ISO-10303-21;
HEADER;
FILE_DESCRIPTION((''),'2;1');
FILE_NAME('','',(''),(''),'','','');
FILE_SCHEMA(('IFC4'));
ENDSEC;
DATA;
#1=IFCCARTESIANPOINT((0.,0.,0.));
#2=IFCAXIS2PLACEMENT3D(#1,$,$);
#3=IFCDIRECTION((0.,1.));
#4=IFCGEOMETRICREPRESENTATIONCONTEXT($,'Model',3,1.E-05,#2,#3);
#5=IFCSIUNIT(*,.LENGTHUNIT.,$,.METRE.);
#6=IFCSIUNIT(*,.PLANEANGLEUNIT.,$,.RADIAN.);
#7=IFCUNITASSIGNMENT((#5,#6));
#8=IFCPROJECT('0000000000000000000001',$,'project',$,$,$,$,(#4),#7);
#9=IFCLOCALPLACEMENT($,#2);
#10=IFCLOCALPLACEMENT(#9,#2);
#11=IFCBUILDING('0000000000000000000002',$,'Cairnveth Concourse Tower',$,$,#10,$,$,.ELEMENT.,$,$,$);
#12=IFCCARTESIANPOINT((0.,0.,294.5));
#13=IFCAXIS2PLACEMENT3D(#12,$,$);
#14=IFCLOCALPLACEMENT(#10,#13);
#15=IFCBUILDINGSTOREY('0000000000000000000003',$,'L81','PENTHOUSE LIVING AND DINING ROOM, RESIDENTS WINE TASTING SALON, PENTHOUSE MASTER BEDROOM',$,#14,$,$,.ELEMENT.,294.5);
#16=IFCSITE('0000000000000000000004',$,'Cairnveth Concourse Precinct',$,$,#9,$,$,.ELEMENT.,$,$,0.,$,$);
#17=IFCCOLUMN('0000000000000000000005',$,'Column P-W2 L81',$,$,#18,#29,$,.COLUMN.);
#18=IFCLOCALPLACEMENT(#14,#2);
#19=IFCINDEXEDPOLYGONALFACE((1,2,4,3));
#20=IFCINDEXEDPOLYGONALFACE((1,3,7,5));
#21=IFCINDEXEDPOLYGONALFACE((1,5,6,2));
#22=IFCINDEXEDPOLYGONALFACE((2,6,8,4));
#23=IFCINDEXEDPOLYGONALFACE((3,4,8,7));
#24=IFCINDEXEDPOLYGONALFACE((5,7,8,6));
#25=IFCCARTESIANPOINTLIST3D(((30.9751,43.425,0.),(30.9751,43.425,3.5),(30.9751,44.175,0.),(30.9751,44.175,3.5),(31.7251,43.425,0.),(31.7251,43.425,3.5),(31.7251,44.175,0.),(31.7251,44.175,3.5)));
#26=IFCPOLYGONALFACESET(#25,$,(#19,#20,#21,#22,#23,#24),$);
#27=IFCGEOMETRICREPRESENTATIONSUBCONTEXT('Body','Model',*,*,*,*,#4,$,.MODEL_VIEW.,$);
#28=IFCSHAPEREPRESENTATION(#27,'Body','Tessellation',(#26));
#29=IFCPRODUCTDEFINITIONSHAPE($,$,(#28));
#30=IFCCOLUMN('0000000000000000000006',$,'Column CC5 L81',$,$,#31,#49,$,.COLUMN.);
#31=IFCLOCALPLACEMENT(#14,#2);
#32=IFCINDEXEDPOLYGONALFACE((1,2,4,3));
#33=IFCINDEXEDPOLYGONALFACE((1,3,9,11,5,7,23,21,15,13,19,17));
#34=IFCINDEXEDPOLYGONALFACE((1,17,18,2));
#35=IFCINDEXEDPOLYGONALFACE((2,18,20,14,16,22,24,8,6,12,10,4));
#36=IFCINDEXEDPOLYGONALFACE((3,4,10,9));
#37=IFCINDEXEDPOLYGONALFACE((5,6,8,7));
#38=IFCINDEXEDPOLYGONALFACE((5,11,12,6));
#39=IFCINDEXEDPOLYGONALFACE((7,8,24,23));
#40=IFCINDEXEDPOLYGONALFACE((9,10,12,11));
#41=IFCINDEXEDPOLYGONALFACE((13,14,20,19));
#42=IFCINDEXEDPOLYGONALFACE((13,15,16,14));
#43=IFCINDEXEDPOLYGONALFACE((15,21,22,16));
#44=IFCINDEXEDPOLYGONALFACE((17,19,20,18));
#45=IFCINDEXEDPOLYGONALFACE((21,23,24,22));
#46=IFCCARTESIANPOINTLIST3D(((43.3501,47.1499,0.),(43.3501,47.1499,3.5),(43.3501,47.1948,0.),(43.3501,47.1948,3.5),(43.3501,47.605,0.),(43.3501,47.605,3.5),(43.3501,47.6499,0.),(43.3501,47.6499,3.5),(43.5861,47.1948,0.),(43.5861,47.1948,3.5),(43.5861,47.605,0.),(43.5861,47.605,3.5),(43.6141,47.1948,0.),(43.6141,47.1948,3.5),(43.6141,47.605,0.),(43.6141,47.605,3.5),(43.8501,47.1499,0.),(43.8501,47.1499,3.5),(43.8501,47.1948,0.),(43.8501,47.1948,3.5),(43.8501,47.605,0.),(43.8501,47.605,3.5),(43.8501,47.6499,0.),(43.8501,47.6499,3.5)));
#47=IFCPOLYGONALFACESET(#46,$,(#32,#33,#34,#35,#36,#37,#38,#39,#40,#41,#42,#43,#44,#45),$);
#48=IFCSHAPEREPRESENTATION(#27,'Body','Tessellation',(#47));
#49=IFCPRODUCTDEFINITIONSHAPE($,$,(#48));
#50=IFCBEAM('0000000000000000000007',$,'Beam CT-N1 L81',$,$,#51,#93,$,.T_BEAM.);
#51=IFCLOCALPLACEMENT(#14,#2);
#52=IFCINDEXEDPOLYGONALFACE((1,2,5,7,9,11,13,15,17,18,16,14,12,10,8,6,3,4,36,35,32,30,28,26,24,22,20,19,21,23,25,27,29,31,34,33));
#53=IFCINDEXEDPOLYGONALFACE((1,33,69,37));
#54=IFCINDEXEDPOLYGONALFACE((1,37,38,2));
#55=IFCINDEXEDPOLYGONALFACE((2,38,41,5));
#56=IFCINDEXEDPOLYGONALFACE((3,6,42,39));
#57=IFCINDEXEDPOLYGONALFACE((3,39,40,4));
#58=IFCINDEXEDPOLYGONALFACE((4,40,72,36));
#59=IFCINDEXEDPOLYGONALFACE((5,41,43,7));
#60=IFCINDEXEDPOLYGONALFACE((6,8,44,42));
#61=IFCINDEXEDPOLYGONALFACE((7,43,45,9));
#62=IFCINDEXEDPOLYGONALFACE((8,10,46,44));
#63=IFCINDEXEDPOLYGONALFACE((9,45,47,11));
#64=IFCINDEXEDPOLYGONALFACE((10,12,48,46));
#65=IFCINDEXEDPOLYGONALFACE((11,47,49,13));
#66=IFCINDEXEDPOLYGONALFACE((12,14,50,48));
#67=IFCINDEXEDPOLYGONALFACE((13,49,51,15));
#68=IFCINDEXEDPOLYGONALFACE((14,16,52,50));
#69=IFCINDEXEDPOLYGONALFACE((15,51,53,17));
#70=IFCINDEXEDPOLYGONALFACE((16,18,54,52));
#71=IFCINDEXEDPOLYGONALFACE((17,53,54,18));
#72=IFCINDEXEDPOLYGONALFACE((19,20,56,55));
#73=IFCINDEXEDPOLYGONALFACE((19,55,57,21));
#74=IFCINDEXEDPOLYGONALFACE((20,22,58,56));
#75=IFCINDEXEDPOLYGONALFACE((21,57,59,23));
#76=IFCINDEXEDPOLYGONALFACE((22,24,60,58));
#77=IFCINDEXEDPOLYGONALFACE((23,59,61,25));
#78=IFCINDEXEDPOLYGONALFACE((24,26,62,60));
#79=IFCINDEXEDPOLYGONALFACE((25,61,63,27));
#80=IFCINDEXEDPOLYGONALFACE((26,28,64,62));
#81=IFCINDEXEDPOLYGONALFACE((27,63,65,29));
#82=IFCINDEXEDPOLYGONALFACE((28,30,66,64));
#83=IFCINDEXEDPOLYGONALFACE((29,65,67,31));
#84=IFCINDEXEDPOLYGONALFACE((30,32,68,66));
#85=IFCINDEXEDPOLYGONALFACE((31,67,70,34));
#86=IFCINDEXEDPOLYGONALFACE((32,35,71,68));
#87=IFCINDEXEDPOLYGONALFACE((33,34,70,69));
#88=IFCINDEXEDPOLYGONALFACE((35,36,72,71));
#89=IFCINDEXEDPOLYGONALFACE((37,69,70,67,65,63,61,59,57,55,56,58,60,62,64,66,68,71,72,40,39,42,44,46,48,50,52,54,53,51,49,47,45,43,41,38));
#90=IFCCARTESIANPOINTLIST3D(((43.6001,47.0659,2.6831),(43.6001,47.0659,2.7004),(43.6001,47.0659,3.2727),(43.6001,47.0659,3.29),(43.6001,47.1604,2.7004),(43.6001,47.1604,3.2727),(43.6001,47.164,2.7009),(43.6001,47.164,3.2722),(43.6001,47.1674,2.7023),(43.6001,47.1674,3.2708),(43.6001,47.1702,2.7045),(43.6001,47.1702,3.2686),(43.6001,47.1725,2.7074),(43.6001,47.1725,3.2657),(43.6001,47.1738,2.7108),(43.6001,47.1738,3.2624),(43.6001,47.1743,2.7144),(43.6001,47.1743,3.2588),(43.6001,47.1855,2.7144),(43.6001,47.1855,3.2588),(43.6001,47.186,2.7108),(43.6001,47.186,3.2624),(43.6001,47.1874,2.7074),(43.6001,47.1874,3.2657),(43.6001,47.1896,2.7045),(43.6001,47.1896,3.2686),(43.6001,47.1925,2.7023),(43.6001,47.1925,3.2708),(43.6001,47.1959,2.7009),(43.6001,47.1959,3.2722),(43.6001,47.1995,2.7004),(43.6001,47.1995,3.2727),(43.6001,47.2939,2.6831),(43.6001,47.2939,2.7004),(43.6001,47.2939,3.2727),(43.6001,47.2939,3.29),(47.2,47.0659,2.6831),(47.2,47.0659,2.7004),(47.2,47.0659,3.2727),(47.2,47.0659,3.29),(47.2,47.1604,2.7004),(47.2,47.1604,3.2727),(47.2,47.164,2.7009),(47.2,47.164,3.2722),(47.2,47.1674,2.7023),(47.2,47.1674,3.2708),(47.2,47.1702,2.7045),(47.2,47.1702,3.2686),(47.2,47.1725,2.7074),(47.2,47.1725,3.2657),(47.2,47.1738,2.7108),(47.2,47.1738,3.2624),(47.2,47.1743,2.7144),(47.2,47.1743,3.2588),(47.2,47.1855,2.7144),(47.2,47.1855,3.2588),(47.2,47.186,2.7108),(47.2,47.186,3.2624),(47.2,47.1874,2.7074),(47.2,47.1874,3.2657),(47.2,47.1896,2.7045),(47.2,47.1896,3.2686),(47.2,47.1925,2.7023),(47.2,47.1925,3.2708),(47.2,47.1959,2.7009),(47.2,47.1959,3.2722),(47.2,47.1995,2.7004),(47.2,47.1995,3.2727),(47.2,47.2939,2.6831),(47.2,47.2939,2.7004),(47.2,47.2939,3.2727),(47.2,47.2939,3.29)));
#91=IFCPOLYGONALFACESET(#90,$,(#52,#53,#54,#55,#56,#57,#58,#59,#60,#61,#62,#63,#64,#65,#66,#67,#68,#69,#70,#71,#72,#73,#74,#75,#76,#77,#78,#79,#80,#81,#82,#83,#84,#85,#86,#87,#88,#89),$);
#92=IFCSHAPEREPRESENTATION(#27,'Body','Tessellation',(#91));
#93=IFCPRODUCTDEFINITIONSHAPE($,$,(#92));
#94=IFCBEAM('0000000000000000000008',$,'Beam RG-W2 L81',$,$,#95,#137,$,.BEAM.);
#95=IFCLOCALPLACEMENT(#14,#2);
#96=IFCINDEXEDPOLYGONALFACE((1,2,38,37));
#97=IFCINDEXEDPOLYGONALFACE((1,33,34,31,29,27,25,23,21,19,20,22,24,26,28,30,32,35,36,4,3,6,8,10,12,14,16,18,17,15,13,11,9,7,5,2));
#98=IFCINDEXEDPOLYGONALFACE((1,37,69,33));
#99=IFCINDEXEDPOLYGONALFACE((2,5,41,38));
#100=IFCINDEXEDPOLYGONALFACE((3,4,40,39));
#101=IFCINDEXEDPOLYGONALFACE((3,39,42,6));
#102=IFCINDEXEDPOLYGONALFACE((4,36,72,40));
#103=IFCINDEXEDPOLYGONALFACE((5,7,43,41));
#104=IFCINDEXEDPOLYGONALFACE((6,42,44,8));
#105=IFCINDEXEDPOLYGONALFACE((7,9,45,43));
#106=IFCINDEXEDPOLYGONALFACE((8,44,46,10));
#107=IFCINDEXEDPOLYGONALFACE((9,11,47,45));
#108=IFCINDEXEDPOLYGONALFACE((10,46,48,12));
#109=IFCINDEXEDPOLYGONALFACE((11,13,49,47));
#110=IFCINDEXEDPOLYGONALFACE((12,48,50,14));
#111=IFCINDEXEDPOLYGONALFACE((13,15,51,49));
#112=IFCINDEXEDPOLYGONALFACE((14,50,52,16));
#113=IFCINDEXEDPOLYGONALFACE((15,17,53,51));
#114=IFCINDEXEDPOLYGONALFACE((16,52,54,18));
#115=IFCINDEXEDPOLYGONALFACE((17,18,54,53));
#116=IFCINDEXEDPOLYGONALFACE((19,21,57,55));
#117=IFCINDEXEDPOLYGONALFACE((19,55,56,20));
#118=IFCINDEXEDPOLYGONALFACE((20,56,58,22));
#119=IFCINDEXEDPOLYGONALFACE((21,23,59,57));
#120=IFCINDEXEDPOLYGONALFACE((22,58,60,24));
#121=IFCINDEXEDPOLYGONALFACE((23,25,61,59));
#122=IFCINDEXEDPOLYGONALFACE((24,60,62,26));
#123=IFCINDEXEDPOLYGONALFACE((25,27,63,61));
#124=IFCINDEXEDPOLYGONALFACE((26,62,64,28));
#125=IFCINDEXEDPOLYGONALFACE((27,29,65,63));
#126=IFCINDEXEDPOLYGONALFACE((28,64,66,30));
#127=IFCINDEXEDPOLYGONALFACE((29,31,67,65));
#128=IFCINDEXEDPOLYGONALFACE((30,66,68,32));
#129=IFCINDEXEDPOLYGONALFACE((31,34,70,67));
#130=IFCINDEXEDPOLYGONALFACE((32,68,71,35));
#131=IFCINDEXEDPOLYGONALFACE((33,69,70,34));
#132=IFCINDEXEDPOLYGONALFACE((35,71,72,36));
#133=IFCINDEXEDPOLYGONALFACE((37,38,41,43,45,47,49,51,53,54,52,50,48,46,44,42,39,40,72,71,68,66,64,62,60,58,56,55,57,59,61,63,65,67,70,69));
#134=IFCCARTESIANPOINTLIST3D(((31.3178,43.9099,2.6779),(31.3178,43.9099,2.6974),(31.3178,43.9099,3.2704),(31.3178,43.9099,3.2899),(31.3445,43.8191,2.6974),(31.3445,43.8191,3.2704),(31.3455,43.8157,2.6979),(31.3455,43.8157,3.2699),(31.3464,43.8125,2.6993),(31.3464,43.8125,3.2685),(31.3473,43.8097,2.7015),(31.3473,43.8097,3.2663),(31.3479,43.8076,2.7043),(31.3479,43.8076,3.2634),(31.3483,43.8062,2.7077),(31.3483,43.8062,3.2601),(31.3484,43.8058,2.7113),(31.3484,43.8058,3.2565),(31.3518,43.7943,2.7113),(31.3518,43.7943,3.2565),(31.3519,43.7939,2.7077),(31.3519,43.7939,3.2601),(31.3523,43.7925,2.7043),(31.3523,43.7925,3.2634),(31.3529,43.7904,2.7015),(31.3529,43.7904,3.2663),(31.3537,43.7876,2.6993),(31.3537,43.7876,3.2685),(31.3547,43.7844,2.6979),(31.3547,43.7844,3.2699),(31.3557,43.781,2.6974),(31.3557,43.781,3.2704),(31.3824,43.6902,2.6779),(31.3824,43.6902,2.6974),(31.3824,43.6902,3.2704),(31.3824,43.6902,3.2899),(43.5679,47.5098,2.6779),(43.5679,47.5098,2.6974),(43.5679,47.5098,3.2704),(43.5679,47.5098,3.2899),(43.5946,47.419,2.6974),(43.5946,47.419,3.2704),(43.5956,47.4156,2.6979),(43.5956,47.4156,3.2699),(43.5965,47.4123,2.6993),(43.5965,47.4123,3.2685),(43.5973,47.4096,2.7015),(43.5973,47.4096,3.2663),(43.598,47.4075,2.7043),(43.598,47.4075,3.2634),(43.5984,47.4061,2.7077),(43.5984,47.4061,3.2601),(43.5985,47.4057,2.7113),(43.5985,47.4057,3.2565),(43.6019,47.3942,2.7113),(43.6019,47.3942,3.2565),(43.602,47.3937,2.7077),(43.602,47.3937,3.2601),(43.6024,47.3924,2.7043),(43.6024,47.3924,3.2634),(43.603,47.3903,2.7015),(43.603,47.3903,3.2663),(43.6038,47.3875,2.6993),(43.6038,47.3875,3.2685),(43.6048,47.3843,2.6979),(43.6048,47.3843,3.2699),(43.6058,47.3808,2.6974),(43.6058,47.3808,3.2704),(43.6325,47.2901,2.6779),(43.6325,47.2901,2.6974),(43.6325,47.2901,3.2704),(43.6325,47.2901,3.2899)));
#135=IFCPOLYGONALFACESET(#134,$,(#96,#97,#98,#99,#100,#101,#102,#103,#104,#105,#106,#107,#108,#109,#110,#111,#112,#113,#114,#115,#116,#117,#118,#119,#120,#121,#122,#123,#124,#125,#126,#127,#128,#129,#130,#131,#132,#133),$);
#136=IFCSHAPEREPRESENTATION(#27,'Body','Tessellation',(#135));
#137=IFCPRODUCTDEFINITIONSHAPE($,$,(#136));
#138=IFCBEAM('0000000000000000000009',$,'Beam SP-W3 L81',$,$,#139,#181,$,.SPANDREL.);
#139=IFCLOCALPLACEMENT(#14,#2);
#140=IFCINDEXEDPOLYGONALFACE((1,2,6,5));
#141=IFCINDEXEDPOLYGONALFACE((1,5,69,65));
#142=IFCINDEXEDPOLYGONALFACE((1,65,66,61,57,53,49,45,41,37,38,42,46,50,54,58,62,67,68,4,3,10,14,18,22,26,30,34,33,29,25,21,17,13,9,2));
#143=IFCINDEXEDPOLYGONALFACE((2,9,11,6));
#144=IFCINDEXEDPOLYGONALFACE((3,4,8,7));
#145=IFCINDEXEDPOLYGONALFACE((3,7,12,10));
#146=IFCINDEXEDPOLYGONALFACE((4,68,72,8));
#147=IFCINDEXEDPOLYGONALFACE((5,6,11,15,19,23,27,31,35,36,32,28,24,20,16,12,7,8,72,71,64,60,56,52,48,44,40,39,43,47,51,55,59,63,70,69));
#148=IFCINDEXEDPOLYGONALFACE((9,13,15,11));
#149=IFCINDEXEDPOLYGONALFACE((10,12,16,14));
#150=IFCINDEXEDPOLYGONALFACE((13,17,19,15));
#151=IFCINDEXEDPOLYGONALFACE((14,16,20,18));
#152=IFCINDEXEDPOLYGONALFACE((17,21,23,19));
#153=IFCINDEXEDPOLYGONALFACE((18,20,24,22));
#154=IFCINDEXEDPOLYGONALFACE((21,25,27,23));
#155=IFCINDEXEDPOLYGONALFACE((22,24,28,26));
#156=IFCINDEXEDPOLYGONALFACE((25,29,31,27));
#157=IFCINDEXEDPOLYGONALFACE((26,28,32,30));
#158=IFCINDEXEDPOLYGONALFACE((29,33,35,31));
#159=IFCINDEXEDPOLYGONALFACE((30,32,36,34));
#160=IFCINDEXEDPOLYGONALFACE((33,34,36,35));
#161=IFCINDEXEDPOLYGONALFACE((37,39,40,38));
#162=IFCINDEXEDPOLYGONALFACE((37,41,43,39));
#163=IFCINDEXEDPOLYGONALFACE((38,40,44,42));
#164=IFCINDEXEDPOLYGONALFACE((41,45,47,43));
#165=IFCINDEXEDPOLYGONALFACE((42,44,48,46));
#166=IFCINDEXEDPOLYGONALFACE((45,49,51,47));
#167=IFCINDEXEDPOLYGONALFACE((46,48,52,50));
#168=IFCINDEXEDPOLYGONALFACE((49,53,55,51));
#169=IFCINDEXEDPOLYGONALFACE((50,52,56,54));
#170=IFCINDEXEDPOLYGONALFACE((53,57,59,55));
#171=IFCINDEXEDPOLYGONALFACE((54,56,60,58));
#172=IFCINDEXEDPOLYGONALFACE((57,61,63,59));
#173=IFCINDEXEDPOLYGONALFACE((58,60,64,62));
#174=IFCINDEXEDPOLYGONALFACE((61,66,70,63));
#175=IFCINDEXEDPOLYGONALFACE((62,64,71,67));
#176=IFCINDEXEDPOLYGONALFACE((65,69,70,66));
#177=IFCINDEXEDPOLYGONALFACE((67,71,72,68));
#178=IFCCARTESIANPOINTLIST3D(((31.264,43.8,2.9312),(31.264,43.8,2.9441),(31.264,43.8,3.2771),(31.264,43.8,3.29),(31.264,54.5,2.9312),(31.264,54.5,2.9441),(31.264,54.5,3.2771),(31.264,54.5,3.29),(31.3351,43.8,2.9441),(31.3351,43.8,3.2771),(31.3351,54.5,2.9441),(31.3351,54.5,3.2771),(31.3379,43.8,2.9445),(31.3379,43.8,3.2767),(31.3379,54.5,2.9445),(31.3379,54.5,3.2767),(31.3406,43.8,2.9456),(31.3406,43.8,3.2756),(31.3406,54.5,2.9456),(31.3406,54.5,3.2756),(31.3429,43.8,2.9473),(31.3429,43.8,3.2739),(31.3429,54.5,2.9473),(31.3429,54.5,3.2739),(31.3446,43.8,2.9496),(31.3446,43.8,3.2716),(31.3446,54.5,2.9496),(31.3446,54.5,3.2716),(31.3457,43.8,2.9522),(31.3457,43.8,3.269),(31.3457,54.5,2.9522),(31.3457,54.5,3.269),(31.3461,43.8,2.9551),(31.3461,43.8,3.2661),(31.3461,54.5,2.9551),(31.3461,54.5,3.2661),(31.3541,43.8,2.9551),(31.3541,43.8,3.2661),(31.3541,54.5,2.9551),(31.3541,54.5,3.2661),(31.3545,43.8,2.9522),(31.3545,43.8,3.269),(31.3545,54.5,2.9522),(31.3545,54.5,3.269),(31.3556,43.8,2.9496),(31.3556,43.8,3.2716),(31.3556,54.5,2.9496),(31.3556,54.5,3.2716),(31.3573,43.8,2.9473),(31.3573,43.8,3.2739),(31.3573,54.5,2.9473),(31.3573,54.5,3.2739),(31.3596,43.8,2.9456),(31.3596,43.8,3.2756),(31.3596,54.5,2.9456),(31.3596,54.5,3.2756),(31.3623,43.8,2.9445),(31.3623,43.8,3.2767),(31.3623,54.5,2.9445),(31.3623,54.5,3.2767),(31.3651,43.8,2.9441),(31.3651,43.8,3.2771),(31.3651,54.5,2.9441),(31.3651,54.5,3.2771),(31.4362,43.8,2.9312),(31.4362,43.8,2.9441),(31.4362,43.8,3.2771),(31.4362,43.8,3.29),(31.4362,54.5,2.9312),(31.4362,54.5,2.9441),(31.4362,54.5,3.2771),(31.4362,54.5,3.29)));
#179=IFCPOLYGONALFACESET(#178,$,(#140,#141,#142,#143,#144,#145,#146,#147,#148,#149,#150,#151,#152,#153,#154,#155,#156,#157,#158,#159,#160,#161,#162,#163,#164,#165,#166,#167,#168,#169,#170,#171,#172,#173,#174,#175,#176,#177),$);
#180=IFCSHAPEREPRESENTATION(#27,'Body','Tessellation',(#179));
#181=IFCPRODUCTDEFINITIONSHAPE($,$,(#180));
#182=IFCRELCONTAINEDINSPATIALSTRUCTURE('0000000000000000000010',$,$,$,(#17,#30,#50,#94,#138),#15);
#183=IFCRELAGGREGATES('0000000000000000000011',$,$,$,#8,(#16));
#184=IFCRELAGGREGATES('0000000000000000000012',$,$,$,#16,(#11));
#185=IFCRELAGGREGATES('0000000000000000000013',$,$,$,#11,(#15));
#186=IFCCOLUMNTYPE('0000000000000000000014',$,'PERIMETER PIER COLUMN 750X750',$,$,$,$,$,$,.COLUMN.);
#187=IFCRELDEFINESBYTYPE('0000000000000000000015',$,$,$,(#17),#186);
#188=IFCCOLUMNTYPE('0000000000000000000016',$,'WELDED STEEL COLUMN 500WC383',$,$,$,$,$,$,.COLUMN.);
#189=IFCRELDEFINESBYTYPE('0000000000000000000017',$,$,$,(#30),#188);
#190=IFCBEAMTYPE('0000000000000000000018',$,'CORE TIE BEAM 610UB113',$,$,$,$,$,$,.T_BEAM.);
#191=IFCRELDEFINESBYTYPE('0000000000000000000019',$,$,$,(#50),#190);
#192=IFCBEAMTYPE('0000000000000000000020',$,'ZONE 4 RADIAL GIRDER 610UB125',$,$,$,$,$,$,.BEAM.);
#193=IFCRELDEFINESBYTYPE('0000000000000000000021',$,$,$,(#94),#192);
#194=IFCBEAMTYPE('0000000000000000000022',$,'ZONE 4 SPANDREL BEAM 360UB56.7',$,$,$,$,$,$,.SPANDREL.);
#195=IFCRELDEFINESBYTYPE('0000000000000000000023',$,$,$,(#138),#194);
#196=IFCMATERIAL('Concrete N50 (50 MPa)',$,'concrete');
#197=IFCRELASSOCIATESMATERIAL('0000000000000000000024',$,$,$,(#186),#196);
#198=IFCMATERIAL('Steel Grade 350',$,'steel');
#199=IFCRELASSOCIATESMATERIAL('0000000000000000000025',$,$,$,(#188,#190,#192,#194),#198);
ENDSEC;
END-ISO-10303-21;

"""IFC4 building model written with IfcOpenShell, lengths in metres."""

from ifc_helpers import new_model, si_unit, direction, frame, origin, origin_2d, place, context, subcontext, project, spatial, rectangle, i_section, extrude, material, material_profile, profile_set, type_object, element, save


model = new_model("IFC4")

# Units and contexts
model_context = context("Model", 3, precision=1e-05, world=origin(), true_north=direction((0.0, 1.0)))
body_context = subcontext(model_context, "Body", "Model", "MODEL_VIEW")
ifc_project = project(units=[si_unit("LENGTHUNIT", "METRE"), si_unit("PLANEANGLEUNIT", "RADIAN")], contexts=[model_context])

# Site, building, storey
site_placement = place(None, origin())
site = spatial("IfcSite", under=ifc_project, at=site_placement, Name="Cairnveth Concourse Precinct", CompositionType="ELEMENT", RefElevation=0.0)
building_placement = place(site_placement, origin())
building = spatial("IfcBuilding", under=site, at=building_placement, Name="Cairnveth Concourse Tower", CompositionType="ELEMENT")
storey_placement = place(building_placement, frame((0.0, 0.0, 294.5)))
storey = spatial("IfcBuildingStorey", under=building, at=storey_placement, Name="L81", Description="PENTHOUSE LIVING AND DINING ROOM, RESIDENTS WINE TASTING SALON, PENTHOUSE MASTER BEDROOM", CompositionType="ELEMENT", Elevation=294.5)

# Columns
ifc_material_1 = material(Name="Concrete N50 (50 MPa)", Category="concrete")
ifc_material_profile_1 = material_profile(ifc_material_1, rectangle(XDim=0.75, YDim=0.75, at=origin_2d()), Name="RC-COL-750x750")
ifc_profile_set_1 = profile_set([ifc_material_profile_1], Name="Concrete N50 (50 MPa)")
column_type_1 = type_object("IfcColumnType", Name="PERIMETER PIER COLUMN 750X750", PredefinedType="COLUMN", material=ifc_profile_set_1)
column_1_placement = place(storey_placement, frame((31.3501, 43.8, 0.0), z_axis=(0.0, 0.0, 1.0), x_axis=(0.0, 1.0, 0.0)))
element("IfcColumn", 1, at=column_1_placement, inside=storey, type_object=column_type_1, Name="Column P-W2 L81", PredefinedType="COLUMN", context=body_context, shape_type="SweptSolid", body=[
    extrude(rectangle(XDim=0.75, YDim=0.75, at=origin_2d()), origin(), (0.0, 0.0, 1.0), 3.5),
])
ifc_material_2 = material(Name="Steel Grade 350", Category="steel")
ifc_material_profile_2 = material_profile(ifc_material_2, i_section(OverallWidth=0.5, OverallDepth=0.5, WebThickness=0.0281, FlangeThickness=0.0449, at=origin_2d()), Name="500WC383")
ifc_profile_set_2 = profile_set([ifc_material_profile_2], Name="Steel Grade 350")
column_type_2 = type_object("IfcColumnType", Name="WELDED STEEL COLUMN 500WC383", PredefinedType="COLUMN", material=ifc_profile_set_2)
column_2_placement = place(storey_placement, frame((43.6001, 47.3999, 0.0), z_axis=(0.0, 0.0, 1.0), x_axis=(1.0, 0.0, 0.0)))
element("IfcColumn", 2, at=column_2_placement, inside=storey, type_object=column_type_2, Name="Column CC5 L81", PredefinedType="COLUMN", context=body_context, shape_type="SweptSolid", body=[
    extrude(i_section(OverallWidth=0.5, OverallDepth=0.5, WebThickness=0.0281, FlangeThickness=0.0449, at=origin_2d()), origin(), (0.0, 0.0, 1.0), 3.5),
])

# Beams
ifc_material_profile_3 = material_profile(ifc_material_2, i_section(OverallWidth=0.228, OverallDepth=0.6069, WebThickness=0.0112, FlangeThickness=0.0173, FilletRadius=0.0139, at=origin_2d()), Name="610UB113")
ifc_profile_set_3 = profile_set([ifc_material_profile_3], Name="Steel Grade 350")
beam_type_1 = type_object("IfcBeamType", Name="CORE TIE BEAM 610UB113", PredefinedType="T_BEAM", material=ifc_profile_set_3)
beam_1_placement = place(storey_placement, frame((43.6001, 47.1799, 2.9866), z_axis=(1.0, 0.0, 0.0), x_axis=(0.0, 1.0, 0.0)))
element("IfcBeam", 3, at=beam_1_placement, inside=storey, type_object=beam_type_1, Name="Beam CT-N1 L81", PredefinedType="T_BEAM", context=body_context, shape_type="SweptSolid", body=[
    extrude(i_section(OverallWidth=0.228, OverallDepth=0.6069, WebThickness=0.0112, FlangeThickness=0.0173, FilletRadius=0.0139, at=origin_2d()), origin(), (0.0, 0.0, 1.0), 3.5999),
])
ifc_material_profile_4 = material_profile(ifc_material_2, i_section(OverallWidth=0.229, OverallDepth=0.6121, WebThickness=0.012, FlangeThickness=0.0195, FilletRadius=0.0139, at=origin_2d()), Name="610UB125")
ifc_profile_set_4 = profile_set([ifc_material_profile_4], Name="Steel Grade 350")
beam_type_2 = type_object("IfcBeamType", Name="ZONE 4 RADIAL GIRDER 610UB125", PredefinedType="BEAM", material=ifc_profile_set_4)
beam_2_placement = place(storey_placement, frame((31.3501, 43.8, 2.9839), z_axis=(0.959431, 0.281944, 0.0), x_axis=(-0.281944, 0.959431, 0.0)))
element("IfcBeam", 4, at=beam_2_placement, inside=storey, type_object=beam_type_2, Name="Beam RG-W2 L81", PredefinedType="BEAM", context=body_context, shape_type="SweptSolid", body=[
    extrude(i_section(OverallWidth=0.229, OverallDepth=0.6121, WebThickness=0.012, FlangeThickness=0.0195, FilletRadius=0.0139, at=origin_2d()), origin(), (0.0, 0.0, 1.0), 12.7681),
])
ifc_material_profile_5 = material_profile(ifc_material_2, i_section(OverallWidth=0.1721, OverallDepth=0.3589, WebThickness=0.0081, FlangeThickness=0.0129, FilletRadius=0.011, at=origin_2d()), Name="360UB56.7")
ifc_profile_set_5 = profile_set([ifc_material_profile_5], Name="Steel Grade 350")
beam_type_3 = type_object("IfcBeamType", Name="ZONE 4 SPANDREL BEAM 360UB56.7", PredefinedType="SPANDREL", material=ifc_profile_set_5)
beam_3_placement = place(storey_placement, frame((31.3501, 43.8, 3.1106), z_axis=(0.0, 1.0, 0.0), x_axis=(-1.0, 0.0, 0.0)))
element("IfcBeam", 5, at=beam_3_placement, inside=storey, type_object=beam_type_3, Name="Beam SP-W3 L81", PredefinedType="SPANDREL", context=body_context, shape_type="SweptSolid", body=[
    extrude(i_section(OverallWidth=0.1721, OverallDepth=0.3589, WebThickness=0.0081, FlangeThickness=0.0129, FilletRadius=0.011, at=origin_2d()), origin(), (0.0, 0.0, 1.0), 10.7),
])

save(model, "model.ifc")
